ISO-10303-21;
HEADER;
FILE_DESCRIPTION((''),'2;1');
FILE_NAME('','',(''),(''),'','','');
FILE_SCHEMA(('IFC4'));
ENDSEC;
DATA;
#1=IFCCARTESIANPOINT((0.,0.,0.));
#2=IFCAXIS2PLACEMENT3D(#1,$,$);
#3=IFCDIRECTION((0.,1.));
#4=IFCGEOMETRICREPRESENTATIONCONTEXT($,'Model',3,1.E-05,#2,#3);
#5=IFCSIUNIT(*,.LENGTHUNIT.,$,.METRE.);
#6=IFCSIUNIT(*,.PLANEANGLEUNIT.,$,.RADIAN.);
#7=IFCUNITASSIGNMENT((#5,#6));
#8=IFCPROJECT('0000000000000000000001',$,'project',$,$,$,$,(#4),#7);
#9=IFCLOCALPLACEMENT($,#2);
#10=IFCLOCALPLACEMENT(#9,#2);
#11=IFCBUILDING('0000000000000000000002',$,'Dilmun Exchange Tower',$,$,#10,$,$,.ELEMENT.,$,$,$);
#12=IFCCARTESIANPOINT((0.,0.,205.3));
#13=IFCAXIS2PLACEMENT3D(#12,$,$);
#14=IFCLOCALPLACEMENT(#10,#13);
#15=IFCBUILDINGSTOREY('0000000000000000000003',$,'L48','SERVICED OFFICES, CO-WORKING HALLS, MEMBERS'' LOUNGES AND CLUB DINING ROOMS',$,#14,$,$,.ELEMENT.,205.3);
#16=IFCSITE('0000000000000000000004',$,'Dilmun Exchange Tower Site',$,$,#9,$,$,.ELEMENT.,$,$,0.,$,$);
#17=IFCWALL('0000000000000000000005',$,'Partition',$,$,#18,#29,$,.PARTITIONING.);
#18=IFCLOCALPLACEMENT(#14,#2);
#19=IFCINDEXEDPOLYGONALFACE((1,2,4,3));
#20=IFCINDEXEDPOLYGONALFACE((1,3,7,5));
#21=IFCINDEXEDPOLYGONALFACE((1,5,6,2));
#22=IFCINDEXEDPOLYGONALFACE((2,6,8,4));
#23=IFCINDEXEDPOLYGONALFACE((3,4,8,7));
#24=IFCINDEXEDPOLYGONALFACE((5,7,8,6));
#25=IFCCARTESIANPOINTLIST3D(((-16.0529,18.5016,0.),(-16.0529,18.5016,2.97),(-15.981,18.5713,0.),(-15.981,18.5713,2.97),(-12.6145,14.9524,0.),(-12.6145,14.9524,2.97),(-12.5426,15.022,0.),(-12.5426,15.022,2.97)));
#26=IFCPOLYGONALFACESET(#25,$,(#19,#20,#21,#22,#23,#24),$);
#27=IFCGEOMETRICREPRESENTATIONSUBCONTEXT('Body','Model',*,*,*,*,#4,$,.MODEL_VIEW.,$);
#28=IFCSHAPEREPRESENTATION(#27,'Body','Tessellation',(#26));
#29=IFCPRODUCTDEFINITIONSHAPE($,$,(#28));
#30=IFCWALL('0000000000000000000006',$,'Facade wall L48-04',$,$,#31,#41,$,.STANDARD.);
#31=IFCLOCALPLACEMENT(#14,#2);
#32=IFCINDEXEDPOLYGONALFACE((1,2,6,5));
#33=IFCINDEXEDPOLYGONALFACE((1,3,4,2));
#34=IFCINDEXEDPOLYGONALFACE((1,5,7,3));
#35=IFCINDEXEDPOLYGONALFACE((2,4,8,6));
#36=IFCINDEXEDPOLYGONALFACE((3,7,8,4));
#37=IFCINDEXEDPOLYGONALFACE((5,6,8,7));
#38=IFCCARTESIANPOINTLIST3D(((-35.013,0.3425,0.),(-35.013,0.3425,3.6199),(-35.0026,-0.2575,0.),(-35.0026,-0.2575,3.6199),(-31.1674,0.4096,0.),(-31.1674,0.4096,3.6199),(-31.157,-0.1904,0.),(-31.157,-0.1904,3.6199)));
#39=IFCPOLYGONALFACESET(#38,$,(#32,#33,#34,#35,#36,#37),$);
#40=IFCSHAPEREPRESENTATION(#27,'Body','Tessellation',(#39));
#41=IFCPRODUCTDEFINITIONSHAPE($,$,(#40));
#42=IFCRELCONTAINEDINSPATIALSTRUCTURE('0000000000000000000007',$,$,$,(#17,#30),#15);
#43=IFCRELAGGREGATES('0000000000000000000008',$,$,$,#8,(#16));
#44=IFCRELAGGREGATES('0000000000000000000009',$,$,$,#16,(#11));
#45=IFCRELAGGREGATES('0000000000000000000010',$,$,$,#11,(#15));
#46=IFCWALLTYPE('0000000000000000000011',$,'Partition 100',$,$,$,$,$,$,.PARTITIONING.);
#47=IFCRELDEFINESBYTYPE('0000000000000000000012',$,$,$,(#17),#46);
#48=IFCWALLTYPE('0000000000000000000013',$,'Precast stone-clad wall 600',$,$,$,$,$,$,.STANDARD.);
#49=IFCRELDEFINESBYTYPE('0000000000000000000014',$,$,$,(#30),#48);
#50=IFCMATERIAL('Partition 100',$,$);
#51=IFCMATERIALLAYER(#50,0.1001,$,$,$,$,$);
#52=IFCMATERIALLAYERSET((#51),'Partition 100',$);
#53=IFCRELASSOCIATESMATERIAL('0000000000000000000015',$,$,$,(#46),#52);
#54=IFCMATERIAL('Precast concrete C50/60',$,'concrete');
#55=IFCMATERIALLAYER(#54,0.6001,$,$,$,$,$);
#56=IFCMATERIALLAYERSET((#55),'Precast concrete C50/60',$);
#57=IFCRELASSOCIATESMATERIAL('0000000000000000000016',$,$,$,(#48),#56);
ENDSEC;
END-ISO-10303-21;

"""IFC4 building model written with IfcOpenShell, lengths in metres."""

from ifc_helpers import new_model, si_unit, direction, frame, frame_2d, origin, place, context, subcontext, project, spatial, rectangle, extrude, material, layer, layer_set, type_object, element, save


model = new_model("IFC4")

# Units and contexts
model_context = context("Model", 3, precision=1e-05, world=origin(), true_north=direction((0.0, 1.0)))
body_context = subcontext(model_context, "Body", "Model", "MODEL_VIEW")
ifc_project = project(units=[si_unit("LENGTHUNIT", "METRE"), si_unit("PLANEANGLEUNIT", "RADIAN")], contexts=[model_context])

# Site, building, storey
site_placement = place(None, origin())
site = spatial("IfcSite", under=ifc_project, at=site_placement, Name="Dilmun Exchange Tower Site", CompositionType="ELEMENT", RefElevation=0.0)
building_placement = place(site_placement, origin())
building = spatial("IfcBuilding", under=site, at=building_placement, Name="Dilmun Exchange Tower", CompositionType="ELEMENT")
storey_placement = place(building_placement, frame((0.0, 0.0, 205.3)))
storey = spatial("IfcBuildingStorey", under=building, at=storey_placement, Name="L48", Description="SERVICED OFFICES, CO-WORKING HALLS, MEMBERS' LOUNGES AND CLUB DINING ROOMS", CompositionType="ELEMENT", Elevation=205.3)

# Walls
ifc_material_1 = material(Name="Partition 100")
ifc_layer_1 = layer(ifc_material_1, 0.1001)
ifc_layer_set_1 = layer_set([ifc_layer_1], Name="Partition 100")
wall_type_1 = type_object("IfcWallType", Name="Partition 100", PredefinedType="PARTITIONING", material=ifc_layer_set_1)
wall_1_placement = place(storey_placement, frame((-16.0168, 18.5364, 0.0), z_axis=(0.0, 0.0, 1.0), x_axis=(0.695803, -0.718233, 0.0)))
element("IfcWall", 1, at=wall_1_placement, inside=storey, type_object=wall_type_1, Name="Partition", PredefinedType="PARTITIONING", context=body_context, shape_type="SweptSolid", body=[
    extrude(rectangle(XDim=4.9417, YDim=0.1001, at=frame_2d((2.4707, 0.0))), origin(), (0.0, 0.0, 1.0), 2.97),
])
ifc_material_2 = material(Name="Precast concrete C50/60", Category="concrete")
ifc_layer_2 = layer(ifc_material_2, 0.6001)
ifc_layer_set_2 = layer_set([ifc_layer_2], Name="Precast concrete C50/60")
wall_type_2 = type_object("IfcWallType", Name="Precast stone-clad wall 600", PredefinedType="STANDARD", material=ifc_layer_set_2)
wall_2_placement = place(storey_placement, frame((-35.0078, 0.0425, 0.0), z_axis=(0.0, 0.0, 1.0), x_axis=(0.999848, 0.017455, 0.0)))
element("IfcWall", 2, at=wall_2_placement, inside=storey, type_object=wall_type_2, Name="Facade wall L48-04", PredefinedType="STANDARD", context=body_context, shape_type="SweptSolid", body=[
    extrude(rectangle(XDim=3.8462, YDim=0.6001, at=frame_2d((1.9231, 0.0))), origin(), (0.0, 0.0, 1.0), 3.6199),
])

save(model, "model.ifc")
